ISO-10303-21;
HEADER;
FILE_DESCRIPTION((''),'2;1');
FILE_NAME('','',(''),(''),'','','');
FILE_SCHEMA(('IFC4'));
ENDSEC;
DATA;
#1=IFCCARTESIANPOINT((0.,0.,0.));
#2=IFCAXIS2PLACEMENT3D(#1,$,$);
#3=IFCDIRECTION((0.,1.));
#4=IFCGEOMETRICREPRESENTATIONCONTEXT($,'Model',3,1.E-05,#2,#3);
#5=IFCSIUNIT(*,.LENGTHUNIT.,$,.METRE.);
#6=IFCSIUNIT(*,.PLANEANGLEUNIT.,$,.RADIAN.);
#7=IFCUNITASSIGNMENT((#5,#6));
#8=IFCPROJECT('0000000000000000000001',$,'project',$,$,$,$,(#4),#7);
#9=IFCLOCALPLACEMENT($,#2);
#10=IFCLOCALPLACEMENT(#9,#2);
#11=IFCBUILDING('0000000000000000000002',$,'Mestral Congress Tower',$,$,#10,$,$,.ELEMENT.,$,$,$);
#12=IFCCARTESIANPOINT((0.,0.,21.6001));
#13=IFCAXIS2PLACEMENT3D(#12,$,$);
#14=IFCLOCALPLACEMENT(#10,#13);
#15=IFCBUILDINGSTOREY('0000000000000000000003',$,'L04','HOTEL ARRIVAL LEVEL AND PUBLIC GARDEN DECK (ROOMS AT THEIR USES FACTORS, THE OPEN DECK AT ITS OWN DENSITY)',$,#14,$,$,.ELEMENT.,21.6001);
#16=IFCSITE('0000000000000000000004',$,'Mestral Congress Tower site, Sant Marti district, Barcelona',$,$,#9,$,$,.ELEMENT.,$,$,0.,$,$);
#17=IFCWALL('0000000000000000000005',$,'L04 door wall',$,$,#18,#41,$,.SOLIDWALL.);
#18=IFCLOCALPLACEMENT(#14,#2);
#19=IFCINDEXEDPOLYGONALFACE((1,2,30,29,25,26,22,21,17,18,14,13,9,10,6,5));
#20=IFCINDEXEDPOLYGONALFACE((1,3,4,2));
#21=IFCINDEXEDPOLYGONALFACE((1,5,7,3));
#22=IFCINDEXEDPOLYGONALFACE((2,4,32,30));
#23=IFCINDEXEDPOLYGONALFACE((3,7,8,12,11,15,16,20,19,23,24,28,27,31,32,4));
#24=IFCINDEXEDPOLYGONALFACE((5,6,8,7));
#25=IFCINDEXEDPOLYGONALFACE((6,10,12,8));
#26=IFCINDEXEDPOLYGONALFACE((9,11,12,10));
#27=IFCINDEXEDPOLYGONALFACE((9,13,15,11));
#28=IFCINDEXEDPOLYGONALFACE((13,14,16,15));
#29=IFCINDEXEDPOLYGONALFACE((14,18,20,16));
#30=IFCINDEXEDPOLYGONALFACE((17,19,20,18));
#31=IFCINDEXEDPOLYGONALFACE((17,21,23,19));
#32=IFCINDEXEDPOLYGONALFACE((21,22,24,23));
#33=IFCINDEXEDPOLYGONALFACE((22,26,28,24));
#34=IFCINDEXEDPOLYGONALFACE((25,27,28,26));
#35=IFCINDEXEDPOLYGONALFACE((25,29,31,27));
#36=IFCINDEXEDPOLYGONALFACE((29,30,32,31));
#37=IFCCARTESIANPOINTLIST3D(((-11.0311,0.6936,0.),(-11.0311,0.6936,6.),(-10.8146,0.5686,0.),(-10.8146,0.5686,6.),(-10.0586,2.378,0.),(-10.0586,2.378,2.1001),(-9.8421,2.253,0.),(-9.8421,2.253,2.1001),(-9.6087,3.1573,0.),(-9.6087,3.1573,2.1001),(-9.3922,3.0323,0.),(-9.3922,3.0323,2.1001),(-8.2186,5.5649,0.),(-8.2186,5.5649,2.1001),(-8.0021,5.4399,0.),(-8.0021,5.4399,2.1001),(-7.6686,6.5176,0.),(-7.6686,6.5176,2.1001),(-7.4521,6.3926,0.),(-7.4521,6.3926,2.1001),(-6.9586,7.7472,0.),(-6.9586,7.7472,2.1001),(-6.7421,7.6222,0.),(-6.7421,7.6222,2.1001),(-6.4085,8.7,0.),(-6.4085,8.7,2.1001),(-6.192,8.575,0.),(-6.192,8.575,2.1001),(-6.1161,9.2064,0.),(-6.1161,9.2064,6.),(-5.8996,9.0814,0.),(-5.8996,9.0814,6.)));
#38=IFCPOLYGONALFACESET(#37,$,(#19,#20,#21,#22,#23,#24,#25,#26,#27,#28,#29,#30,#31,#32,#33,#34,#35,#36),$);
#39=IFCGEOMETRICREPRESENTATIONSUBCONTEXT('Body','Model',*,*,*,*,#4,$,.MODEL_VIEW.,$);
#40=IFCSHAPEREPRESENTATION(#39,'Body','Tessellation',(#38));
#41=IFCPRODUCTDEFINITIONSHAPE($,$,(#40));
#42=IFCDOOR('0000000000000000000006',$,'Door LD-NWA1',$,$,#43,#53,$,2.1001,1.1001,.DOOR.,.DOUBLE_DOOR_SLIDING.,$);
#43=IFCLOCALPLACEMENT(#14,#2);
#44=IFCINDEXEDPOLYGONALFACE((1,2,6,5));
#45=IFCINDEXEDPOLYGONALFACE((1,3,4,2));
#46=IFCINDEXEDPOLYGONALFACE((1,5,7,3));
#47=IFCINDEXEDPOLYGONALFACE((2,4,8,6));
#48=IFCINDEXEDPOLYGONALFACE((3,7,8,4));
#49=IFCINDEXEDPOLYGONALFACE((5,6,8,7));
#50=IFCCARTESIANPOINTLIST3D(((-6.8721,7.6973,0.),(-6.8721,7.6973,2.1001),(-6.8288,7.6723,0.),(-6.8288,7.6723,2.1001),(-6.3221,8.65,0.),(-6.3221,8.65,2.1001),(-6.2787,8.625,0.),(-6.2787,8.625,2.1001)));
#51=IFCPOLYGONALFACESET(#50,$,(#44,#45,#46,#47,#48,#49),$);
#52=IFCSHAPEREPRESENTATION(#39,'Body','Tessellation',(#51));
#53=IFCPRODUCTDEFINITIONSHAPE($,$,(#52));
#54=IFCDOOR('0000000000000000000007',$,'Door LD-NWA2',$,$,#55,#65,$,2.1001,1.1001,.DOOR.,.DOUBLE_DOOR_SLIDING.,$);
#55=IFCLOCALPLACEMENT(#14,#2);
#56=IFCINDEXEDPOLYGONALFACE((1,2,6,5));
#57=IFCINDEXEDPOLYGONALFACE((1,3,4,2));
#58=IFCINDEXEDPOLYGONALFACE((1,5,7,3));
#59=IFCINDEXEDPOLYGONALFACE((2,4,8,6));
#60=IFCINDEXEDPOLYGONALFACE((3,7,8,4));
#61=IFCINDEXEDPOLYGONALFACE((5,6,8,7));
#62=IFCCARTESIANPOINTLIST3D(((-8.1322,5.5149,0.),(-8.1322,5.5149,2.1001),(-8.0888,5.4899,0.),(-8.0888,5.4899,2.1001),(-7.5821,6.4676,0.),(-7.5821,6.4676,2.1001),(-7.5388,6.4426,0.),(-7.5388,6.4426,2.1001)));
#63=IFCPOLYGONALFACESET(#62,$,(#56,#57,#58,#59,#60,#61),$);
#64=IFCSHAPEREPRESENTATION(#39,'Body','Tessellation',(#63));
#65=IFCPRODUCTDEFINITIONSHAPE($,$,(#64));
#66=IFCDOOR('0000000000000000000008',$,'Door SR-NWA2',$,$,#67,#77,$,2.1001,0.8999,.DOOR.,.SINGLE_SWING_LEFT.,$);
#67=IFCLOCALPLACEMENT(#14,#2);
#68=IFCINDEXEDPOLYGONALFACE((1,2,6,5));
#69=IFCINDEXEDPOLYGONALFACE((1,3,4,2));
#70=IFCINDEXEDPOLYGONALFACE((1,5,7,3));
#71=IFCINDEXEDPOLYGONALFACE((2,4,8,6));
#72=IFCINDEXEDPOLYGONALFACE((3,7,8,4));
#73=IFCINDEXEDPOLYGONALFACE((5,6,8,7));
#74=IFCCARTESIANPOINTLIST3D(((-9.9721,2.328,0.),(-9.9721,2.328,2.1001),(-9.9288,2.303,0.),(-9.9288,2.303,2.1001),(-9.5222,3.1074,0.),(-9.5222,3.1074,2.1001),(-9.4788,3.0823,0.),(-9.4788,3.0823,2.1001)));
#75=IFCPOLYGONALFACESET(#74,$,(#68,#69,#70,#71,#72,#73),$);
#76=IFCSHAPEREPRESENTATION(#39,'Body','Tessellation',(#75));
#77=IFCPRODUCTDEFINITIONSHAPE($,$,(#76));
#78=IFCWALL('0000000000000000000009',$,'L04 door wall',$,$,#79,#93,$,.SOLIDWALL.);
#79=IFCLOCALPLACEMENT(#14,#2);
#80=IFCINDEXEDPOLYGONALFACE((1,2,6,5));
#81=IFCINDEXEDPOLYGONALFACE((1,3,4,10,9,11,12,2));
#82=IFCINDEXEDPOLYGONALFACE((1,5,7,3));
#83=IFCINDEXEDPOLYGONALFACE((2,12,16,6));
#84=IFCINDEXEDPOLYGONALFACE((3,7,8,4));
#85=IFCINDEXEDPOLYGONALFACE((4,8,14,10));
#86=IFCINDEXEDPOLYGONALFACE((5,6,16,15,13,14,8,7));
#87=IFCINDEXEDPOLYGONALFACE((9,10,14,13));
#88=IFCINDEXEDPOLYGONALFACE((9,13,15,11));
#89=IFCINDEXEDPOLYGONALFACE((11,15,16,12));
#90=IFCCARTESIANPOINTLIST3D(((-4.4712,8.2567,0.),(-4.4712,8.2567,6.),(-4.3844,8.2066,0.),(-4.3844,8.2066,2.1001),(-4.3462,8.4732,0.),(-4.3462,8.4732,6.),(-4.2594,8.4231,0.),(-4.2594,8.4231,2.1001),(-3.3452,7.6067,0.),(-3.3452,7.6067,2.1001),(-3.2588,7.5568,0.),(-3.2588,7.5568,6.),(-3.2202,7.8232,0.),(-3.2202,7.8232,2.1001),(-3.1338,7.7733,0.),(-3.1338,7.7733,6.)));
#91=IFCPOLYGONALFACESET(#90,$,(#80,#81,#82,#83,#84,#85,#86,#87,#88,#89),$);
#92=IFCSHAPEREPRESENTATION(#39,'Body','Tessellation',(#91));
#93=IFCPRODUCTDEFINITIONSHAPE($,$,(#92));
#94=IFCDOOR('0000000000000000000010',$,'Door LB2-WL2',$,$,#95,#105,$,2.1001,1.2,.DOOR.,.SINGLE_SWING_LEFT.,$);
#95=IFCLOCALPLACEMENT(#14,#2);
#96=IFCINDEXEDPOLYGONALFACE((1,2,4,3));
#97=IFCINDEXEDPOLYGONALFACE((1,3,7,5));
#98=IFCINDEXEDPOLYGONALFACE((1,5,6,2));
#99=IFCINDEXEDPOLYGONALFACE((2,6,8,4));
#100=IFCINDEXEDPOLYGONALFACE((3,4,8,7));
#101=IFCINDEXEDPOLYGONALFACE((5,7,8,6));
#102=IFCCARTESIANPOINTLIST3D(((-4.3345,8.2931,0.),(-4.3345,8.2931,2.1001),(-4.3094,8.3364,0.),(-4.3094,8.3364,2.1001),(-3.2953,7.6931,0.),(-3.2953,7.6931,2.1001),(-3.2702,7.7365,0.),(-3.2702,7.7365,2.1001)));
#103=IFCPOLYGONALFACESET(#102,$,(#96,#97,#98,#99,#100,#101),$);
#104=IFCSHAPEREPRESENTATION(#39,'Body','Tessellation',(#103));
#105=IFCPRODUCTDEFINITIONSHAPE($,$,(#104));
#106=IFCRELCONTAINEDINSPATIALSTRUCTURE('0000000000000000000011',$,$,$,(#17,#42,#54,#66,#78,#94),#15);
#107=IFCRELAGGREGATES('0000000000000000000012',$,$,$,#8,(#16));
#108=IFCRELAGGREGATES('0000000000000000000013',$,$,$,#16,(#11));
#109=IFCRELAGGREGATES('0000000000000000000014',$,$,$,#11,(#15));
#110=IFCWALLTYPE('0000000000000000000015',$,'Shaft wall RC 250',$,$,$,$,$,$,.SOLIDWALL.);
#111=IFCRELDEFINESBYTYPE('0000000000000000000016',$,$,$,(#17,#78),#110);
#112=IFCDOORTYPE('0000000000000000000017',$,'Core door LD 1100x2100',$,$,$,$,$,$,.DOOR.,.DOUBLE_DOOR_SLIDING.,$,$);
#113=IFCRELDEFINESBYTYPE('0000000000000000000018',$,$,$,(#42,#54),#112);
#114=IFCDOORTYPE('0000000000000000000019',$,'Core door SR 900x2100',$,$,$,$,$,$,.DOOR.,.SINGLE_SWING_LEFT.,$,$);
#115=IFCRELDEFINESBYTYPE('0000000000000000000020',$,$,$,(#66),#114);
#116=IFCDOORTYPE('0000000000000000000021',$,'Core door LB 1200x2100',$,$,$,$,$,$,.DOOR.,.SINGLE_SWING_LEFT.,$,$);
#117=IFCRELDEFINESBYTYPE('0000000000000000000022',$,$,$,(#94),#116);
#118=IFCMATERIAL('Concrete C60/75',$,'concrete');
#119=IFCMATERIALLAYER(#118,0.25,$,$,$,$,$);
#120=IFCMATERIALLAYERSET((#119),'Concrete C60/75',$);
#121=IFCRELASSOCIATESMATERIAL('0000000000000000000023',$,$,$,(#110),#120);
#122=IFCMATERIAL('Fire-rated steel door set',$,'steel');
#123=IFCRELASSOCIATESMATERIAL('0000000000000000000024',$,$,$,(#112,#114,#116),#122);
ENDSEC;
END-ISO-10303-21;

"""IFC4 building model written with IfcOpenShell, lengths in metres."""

from ifc_helpers import new_model, si_unit, direction, frame, frame_2d, origin, place, context, subcontext, project, spatial, rectangle, extrude, material, layer, layer_set, type_object, element, fill, save


model = new_model("IFC4")

# Units and contexts
model_context = context("Model", 3, precision=1e-05, world=origin(), true_north=direction((0.0, 1.0)))
body_context = subcontext(model_context, "Body", "Model", "MODEL_VIEW")
ifc_project = project(units=[si_unit("LENGTHUNIT", "METRE"), si_unit("PLANEANGLEUNIT", "RADIAN")], contexts=[model_context])

# Site, building, storey
site_placement = place(None, origin())
site = spatial("IfcSite", under=ifc_project, at=site_placement, Name="Mestral Congress Tower site, Sant Marti district, Barcelona", CompositionType="ELEMENT", RefElevation=0.0)
building_placement = place(site_placement, origin())
building = spatial("IfcBuilding", under=site, at=building_placement, Name="Mestral Congress Tower", CompositionType="ELEMENT")
storey_placement = place(building_placement, frame((0.0, 0.0, 21.6001)))
storey = spatial("IfcBuildingStorey", under=building, at=storey_placement, Name="L04", Description="HOTEL ARRIVAL LEVEL AND PUBLIC GARDEN DECK (ROOMS AT THEIR USES FACTORS, THE OPEN DECK AT ITS OWN DENSITY)", CompositionType="ELEMENT", Elevation=21.6001)

# Shared definitions
ifc_material_1 = material(Name="Concrete C60/75", Category="concrete")
ifc_layer_1 = layer(ifc_material_1, 0.25)
ifc_layer_set_1 = layer_set([ifc_layer_1], Name="Concrete C60/75")
wall_type_1 = type_object("IfcWallType", Name="Shaft wall RC 250", PredefinedType="SOLIDWALL", material=ifc_layer_set_1)

# Wall, openings, doors
wall_1_placement = place(storey_placement, frame((-6.0078, 9.144, 0.0), z_axis=(0.0, 0.0, 1.0), x_axis=(-0.500007, -0.866021, 0.0)))
wall_1 = element("IfcWall", 1, at=wall_1_placement, inside=storey, type_object=wall_type_1, Name="L04 door wall", PredefinedType="SOLIDWALL", context=body_context, shape_type="SweptSolid", body=[
    extrude(rectangle(XDim=9.8298, YDim=0.25, at=frame_2d((4.915, 0.0))), origin(), (0.0, 0.0, 1.0), 6.0),
])
opening_1_placement = place(wall_1_placement, frame((0.585, 0.0, 0.0)))
opening_1 = element("IfcOpeningElement", 2, at=opening_1_placement, cuts=wall_1, PredefinedType="OPENING", context=body_context, shape_type="SweptSolid", body=[
    extrude(rectangle(XDim=1.1001, YDim=2.1001, at=frame_2d((0.55, 1.05))), frame((0.0, 0.135, 0.0), z_axis=(0.0, -1.0, 0.0), x_axis=(1.0, 0.0, 0.0)), (0.0, 0.0, 1.0), 0.27),
])
opening_2_placement = place(wall_1_placement, frame((3.105, 0.0, 0.0)))
opening_2 = element("IfcOpeningElement", 3, at=opening_2_placement, cuts=wall_1, PredefinedType="OPENING", context=body_context, shape_type="SweptSolid", body=[
    extrude(rectangle(XDim=1.1001, YDim=2.1001, at=frame_2d((0.55, 1.05))), frame((0.0, 0.135, 0.0), z_axis=(0.0, -1.0, 0.0), x_axis=(1.0, 0.0, 0.0)), (0.0, 0.0, 1.0), 0.27),
])
opening_3_placement = place(wall_1_placement, frame((6.9851, 0.0, 0.0)))
opening_3 = element("IfcOpeningElement", 4, at=opening_3_placement, cuts=wall_1, PredefinedType="OPENING", context=body_context, shape_type="SweptSolid", body=[
    extrude(rectangle(XDim=0.8999, YDim=2.1001, at=frame_2d((0.45, 1.05))), frame((0.0, 0.135, 0.0), z_axis=(0.0, -1.0, 0.0), x_axis=(1.0, 0.0, 0.0)), (0.0, 0.0, 1.0), 0.27),
])
ifc_material_2 = material(Name="Fire-rated steel door set", Category="steel")
door_type_1 = type_object("IfcDoorType", Name="Core door LD 1100x2100", OperationType="DOUBLE_DOOR_SLIDING", PredefinedType="DOOR", material=ifc_material_2)
door_1_placement = place(opening_1_placement, origin())
door_1 = element("IfcDoor", 5, at=door_1_placement, inside=storey, type_object=door_type_1, Name="Door LD-NWA1", OperationType="DOUBLE_DOOR_SLIDING", OverallHeight=2.1001, OverallWidth=1.1001, PredefinedType="DOOR", context=body_context, shape_type="SweptSolid", body=[
    extrude(rectangle(XDim=1.1001, YDim=2.1001, at=frame_2d((0.55, 1.05))), frame((0.0, 0.0249, 0.0), z_axis=(0.0, -1.0, 0.0), x_axis=(1.0, 0.0, 0.0)), (0.0, 0.0, 1.0), 0.05),
])
fill(opening_1, door_1)
door_2_placement = place(opening_2_placement, origin())
door_2 = element("IfcDoor", 6, at=door_2_placement, inside=storey, type_object=door_type_1, Name="Door LD-NWA2", OperationType="DOUBLE_DOOR_SLIDING", OverallHeight=2.1001, OverallWidth=1.1001, PredefinedType="DOOR", context=body_context, shape_type="SweptSolid", body=[
    extrude(rectangle(XDim=1.1001, YDim=2.1001, at=frame_2d((0.55, 1.05))), frame((0.0, 0.0249, 0.0), z_axis=(0.0, -1.0, 0.0), x_axis=(1.0, 0.0, 0.0)), (0.0, 0.0, 1.0), 0.05),
])
fill(opening_2, door_2)
door_type_2 = type_object("IfcDoorType", Name="Core door SR 900x2100", OperationType="SINGLE_SWING_LEFT", PredefinedType="DOOR", material=ifc_material_2)
door_3_placement = place(opening_3_placement, origin())
door_3 = element("IfcDoor", 7, at=door_3_placement, inside=storey, type_object=door_type_2, Name="Door SR-NWA2", OperationType="SINGLE_SWING_LEFT", OverallHeight=2.1001, OverallWidth=0.8999, PredefinedType="DOOR", context=body_context, shape_type="SweptSolid", body=[
    extrude(rectangle(XDim=0.8999, YDim=2.1001, at=frame_2d((0.45, 1.05))), frame((0.0, 0.0249, 0.0), z_axis=(0.0, -1.0, 0.0), x_axis=(1.0, 0.0, 0.0)), (0.0, 0.0, 1.0), 0.05),
])
fill(opening_3, door_3)

# Wall, opening, door
wall_2_placement = place(storey_placement, frame((-4.4087, 8.365, 0.0), z_axis=(0.0, 0.0, 1.0), x_axis=(0.866035, -0.499984, 0.0)))
wall_2 = element("IfcWall", 8, at=wall_2_placement, inside=storey, type_object=wall_type_1, Name="L04 door wall", PredefinedType="SOLIDWALL", context=body_context, shape_type="SweptSolid", body=[
    extrude(rectangle(XDim=1.3999, YDim=0.25, at=frame_2d((0.7, 0.0))), origin(), (0.0, 0.0, 1.0), 6.0),
])
opening_4_placement = place(wall_2_placement, frame((0.1001, 0.0, 0.0)))
opening_4 = element("IfcOpeningElement", 9, at=opening_4_placement, cuts=wall_2, PredefinedType="OPENING", context=body_context, shape_type="SweptSolid", body=[
    extrude(rectangle(XDim=1.2, YDim=2.1001, at=frame_2d((0.6001, 1.05))), frame((0.0, 0.135, 0.0), z_axis=(0.0, -1.0, 0.0), x_axis=(1.0, 0.0, 0.0)), (0.0, 0.0, 1.0), 0.27),
])
door_type_3 = type_object("IfcDoorType", Name="Core door LB 1200x2100", OperationType="SINGLE_SWING_LEFT", PredefinedType="DOOR", material=ifc_material_2)
door_4_placement = place(opening_4_placement, origin())
door_4 = element("IfcDoor", 10, at=door_4_placement, inside=storey, type_object=door_type_3, Name="Door LB2-WL2", OperationType="SINGLE_SWING_LEFT", OverallHeight=2.1001, OverallWidth=1.2, PredefinedType="DOOR", context=body_context, shape_type="SweptSolid", body=[
    extrude(rectangle(XDim=1.2, YDim=2.1001, at=frame_2d((0.6001, 1.05))), frame((0.0, 0.0249, 0.0), z_axis=(0.0, -1.0, 0.0), x_axis=(1.0, 0.0, 0.0)), (0.0, 0.0, 1.0), 0.05),
])
fill(opening_4, door_4)

save(model, "model.ifc")
